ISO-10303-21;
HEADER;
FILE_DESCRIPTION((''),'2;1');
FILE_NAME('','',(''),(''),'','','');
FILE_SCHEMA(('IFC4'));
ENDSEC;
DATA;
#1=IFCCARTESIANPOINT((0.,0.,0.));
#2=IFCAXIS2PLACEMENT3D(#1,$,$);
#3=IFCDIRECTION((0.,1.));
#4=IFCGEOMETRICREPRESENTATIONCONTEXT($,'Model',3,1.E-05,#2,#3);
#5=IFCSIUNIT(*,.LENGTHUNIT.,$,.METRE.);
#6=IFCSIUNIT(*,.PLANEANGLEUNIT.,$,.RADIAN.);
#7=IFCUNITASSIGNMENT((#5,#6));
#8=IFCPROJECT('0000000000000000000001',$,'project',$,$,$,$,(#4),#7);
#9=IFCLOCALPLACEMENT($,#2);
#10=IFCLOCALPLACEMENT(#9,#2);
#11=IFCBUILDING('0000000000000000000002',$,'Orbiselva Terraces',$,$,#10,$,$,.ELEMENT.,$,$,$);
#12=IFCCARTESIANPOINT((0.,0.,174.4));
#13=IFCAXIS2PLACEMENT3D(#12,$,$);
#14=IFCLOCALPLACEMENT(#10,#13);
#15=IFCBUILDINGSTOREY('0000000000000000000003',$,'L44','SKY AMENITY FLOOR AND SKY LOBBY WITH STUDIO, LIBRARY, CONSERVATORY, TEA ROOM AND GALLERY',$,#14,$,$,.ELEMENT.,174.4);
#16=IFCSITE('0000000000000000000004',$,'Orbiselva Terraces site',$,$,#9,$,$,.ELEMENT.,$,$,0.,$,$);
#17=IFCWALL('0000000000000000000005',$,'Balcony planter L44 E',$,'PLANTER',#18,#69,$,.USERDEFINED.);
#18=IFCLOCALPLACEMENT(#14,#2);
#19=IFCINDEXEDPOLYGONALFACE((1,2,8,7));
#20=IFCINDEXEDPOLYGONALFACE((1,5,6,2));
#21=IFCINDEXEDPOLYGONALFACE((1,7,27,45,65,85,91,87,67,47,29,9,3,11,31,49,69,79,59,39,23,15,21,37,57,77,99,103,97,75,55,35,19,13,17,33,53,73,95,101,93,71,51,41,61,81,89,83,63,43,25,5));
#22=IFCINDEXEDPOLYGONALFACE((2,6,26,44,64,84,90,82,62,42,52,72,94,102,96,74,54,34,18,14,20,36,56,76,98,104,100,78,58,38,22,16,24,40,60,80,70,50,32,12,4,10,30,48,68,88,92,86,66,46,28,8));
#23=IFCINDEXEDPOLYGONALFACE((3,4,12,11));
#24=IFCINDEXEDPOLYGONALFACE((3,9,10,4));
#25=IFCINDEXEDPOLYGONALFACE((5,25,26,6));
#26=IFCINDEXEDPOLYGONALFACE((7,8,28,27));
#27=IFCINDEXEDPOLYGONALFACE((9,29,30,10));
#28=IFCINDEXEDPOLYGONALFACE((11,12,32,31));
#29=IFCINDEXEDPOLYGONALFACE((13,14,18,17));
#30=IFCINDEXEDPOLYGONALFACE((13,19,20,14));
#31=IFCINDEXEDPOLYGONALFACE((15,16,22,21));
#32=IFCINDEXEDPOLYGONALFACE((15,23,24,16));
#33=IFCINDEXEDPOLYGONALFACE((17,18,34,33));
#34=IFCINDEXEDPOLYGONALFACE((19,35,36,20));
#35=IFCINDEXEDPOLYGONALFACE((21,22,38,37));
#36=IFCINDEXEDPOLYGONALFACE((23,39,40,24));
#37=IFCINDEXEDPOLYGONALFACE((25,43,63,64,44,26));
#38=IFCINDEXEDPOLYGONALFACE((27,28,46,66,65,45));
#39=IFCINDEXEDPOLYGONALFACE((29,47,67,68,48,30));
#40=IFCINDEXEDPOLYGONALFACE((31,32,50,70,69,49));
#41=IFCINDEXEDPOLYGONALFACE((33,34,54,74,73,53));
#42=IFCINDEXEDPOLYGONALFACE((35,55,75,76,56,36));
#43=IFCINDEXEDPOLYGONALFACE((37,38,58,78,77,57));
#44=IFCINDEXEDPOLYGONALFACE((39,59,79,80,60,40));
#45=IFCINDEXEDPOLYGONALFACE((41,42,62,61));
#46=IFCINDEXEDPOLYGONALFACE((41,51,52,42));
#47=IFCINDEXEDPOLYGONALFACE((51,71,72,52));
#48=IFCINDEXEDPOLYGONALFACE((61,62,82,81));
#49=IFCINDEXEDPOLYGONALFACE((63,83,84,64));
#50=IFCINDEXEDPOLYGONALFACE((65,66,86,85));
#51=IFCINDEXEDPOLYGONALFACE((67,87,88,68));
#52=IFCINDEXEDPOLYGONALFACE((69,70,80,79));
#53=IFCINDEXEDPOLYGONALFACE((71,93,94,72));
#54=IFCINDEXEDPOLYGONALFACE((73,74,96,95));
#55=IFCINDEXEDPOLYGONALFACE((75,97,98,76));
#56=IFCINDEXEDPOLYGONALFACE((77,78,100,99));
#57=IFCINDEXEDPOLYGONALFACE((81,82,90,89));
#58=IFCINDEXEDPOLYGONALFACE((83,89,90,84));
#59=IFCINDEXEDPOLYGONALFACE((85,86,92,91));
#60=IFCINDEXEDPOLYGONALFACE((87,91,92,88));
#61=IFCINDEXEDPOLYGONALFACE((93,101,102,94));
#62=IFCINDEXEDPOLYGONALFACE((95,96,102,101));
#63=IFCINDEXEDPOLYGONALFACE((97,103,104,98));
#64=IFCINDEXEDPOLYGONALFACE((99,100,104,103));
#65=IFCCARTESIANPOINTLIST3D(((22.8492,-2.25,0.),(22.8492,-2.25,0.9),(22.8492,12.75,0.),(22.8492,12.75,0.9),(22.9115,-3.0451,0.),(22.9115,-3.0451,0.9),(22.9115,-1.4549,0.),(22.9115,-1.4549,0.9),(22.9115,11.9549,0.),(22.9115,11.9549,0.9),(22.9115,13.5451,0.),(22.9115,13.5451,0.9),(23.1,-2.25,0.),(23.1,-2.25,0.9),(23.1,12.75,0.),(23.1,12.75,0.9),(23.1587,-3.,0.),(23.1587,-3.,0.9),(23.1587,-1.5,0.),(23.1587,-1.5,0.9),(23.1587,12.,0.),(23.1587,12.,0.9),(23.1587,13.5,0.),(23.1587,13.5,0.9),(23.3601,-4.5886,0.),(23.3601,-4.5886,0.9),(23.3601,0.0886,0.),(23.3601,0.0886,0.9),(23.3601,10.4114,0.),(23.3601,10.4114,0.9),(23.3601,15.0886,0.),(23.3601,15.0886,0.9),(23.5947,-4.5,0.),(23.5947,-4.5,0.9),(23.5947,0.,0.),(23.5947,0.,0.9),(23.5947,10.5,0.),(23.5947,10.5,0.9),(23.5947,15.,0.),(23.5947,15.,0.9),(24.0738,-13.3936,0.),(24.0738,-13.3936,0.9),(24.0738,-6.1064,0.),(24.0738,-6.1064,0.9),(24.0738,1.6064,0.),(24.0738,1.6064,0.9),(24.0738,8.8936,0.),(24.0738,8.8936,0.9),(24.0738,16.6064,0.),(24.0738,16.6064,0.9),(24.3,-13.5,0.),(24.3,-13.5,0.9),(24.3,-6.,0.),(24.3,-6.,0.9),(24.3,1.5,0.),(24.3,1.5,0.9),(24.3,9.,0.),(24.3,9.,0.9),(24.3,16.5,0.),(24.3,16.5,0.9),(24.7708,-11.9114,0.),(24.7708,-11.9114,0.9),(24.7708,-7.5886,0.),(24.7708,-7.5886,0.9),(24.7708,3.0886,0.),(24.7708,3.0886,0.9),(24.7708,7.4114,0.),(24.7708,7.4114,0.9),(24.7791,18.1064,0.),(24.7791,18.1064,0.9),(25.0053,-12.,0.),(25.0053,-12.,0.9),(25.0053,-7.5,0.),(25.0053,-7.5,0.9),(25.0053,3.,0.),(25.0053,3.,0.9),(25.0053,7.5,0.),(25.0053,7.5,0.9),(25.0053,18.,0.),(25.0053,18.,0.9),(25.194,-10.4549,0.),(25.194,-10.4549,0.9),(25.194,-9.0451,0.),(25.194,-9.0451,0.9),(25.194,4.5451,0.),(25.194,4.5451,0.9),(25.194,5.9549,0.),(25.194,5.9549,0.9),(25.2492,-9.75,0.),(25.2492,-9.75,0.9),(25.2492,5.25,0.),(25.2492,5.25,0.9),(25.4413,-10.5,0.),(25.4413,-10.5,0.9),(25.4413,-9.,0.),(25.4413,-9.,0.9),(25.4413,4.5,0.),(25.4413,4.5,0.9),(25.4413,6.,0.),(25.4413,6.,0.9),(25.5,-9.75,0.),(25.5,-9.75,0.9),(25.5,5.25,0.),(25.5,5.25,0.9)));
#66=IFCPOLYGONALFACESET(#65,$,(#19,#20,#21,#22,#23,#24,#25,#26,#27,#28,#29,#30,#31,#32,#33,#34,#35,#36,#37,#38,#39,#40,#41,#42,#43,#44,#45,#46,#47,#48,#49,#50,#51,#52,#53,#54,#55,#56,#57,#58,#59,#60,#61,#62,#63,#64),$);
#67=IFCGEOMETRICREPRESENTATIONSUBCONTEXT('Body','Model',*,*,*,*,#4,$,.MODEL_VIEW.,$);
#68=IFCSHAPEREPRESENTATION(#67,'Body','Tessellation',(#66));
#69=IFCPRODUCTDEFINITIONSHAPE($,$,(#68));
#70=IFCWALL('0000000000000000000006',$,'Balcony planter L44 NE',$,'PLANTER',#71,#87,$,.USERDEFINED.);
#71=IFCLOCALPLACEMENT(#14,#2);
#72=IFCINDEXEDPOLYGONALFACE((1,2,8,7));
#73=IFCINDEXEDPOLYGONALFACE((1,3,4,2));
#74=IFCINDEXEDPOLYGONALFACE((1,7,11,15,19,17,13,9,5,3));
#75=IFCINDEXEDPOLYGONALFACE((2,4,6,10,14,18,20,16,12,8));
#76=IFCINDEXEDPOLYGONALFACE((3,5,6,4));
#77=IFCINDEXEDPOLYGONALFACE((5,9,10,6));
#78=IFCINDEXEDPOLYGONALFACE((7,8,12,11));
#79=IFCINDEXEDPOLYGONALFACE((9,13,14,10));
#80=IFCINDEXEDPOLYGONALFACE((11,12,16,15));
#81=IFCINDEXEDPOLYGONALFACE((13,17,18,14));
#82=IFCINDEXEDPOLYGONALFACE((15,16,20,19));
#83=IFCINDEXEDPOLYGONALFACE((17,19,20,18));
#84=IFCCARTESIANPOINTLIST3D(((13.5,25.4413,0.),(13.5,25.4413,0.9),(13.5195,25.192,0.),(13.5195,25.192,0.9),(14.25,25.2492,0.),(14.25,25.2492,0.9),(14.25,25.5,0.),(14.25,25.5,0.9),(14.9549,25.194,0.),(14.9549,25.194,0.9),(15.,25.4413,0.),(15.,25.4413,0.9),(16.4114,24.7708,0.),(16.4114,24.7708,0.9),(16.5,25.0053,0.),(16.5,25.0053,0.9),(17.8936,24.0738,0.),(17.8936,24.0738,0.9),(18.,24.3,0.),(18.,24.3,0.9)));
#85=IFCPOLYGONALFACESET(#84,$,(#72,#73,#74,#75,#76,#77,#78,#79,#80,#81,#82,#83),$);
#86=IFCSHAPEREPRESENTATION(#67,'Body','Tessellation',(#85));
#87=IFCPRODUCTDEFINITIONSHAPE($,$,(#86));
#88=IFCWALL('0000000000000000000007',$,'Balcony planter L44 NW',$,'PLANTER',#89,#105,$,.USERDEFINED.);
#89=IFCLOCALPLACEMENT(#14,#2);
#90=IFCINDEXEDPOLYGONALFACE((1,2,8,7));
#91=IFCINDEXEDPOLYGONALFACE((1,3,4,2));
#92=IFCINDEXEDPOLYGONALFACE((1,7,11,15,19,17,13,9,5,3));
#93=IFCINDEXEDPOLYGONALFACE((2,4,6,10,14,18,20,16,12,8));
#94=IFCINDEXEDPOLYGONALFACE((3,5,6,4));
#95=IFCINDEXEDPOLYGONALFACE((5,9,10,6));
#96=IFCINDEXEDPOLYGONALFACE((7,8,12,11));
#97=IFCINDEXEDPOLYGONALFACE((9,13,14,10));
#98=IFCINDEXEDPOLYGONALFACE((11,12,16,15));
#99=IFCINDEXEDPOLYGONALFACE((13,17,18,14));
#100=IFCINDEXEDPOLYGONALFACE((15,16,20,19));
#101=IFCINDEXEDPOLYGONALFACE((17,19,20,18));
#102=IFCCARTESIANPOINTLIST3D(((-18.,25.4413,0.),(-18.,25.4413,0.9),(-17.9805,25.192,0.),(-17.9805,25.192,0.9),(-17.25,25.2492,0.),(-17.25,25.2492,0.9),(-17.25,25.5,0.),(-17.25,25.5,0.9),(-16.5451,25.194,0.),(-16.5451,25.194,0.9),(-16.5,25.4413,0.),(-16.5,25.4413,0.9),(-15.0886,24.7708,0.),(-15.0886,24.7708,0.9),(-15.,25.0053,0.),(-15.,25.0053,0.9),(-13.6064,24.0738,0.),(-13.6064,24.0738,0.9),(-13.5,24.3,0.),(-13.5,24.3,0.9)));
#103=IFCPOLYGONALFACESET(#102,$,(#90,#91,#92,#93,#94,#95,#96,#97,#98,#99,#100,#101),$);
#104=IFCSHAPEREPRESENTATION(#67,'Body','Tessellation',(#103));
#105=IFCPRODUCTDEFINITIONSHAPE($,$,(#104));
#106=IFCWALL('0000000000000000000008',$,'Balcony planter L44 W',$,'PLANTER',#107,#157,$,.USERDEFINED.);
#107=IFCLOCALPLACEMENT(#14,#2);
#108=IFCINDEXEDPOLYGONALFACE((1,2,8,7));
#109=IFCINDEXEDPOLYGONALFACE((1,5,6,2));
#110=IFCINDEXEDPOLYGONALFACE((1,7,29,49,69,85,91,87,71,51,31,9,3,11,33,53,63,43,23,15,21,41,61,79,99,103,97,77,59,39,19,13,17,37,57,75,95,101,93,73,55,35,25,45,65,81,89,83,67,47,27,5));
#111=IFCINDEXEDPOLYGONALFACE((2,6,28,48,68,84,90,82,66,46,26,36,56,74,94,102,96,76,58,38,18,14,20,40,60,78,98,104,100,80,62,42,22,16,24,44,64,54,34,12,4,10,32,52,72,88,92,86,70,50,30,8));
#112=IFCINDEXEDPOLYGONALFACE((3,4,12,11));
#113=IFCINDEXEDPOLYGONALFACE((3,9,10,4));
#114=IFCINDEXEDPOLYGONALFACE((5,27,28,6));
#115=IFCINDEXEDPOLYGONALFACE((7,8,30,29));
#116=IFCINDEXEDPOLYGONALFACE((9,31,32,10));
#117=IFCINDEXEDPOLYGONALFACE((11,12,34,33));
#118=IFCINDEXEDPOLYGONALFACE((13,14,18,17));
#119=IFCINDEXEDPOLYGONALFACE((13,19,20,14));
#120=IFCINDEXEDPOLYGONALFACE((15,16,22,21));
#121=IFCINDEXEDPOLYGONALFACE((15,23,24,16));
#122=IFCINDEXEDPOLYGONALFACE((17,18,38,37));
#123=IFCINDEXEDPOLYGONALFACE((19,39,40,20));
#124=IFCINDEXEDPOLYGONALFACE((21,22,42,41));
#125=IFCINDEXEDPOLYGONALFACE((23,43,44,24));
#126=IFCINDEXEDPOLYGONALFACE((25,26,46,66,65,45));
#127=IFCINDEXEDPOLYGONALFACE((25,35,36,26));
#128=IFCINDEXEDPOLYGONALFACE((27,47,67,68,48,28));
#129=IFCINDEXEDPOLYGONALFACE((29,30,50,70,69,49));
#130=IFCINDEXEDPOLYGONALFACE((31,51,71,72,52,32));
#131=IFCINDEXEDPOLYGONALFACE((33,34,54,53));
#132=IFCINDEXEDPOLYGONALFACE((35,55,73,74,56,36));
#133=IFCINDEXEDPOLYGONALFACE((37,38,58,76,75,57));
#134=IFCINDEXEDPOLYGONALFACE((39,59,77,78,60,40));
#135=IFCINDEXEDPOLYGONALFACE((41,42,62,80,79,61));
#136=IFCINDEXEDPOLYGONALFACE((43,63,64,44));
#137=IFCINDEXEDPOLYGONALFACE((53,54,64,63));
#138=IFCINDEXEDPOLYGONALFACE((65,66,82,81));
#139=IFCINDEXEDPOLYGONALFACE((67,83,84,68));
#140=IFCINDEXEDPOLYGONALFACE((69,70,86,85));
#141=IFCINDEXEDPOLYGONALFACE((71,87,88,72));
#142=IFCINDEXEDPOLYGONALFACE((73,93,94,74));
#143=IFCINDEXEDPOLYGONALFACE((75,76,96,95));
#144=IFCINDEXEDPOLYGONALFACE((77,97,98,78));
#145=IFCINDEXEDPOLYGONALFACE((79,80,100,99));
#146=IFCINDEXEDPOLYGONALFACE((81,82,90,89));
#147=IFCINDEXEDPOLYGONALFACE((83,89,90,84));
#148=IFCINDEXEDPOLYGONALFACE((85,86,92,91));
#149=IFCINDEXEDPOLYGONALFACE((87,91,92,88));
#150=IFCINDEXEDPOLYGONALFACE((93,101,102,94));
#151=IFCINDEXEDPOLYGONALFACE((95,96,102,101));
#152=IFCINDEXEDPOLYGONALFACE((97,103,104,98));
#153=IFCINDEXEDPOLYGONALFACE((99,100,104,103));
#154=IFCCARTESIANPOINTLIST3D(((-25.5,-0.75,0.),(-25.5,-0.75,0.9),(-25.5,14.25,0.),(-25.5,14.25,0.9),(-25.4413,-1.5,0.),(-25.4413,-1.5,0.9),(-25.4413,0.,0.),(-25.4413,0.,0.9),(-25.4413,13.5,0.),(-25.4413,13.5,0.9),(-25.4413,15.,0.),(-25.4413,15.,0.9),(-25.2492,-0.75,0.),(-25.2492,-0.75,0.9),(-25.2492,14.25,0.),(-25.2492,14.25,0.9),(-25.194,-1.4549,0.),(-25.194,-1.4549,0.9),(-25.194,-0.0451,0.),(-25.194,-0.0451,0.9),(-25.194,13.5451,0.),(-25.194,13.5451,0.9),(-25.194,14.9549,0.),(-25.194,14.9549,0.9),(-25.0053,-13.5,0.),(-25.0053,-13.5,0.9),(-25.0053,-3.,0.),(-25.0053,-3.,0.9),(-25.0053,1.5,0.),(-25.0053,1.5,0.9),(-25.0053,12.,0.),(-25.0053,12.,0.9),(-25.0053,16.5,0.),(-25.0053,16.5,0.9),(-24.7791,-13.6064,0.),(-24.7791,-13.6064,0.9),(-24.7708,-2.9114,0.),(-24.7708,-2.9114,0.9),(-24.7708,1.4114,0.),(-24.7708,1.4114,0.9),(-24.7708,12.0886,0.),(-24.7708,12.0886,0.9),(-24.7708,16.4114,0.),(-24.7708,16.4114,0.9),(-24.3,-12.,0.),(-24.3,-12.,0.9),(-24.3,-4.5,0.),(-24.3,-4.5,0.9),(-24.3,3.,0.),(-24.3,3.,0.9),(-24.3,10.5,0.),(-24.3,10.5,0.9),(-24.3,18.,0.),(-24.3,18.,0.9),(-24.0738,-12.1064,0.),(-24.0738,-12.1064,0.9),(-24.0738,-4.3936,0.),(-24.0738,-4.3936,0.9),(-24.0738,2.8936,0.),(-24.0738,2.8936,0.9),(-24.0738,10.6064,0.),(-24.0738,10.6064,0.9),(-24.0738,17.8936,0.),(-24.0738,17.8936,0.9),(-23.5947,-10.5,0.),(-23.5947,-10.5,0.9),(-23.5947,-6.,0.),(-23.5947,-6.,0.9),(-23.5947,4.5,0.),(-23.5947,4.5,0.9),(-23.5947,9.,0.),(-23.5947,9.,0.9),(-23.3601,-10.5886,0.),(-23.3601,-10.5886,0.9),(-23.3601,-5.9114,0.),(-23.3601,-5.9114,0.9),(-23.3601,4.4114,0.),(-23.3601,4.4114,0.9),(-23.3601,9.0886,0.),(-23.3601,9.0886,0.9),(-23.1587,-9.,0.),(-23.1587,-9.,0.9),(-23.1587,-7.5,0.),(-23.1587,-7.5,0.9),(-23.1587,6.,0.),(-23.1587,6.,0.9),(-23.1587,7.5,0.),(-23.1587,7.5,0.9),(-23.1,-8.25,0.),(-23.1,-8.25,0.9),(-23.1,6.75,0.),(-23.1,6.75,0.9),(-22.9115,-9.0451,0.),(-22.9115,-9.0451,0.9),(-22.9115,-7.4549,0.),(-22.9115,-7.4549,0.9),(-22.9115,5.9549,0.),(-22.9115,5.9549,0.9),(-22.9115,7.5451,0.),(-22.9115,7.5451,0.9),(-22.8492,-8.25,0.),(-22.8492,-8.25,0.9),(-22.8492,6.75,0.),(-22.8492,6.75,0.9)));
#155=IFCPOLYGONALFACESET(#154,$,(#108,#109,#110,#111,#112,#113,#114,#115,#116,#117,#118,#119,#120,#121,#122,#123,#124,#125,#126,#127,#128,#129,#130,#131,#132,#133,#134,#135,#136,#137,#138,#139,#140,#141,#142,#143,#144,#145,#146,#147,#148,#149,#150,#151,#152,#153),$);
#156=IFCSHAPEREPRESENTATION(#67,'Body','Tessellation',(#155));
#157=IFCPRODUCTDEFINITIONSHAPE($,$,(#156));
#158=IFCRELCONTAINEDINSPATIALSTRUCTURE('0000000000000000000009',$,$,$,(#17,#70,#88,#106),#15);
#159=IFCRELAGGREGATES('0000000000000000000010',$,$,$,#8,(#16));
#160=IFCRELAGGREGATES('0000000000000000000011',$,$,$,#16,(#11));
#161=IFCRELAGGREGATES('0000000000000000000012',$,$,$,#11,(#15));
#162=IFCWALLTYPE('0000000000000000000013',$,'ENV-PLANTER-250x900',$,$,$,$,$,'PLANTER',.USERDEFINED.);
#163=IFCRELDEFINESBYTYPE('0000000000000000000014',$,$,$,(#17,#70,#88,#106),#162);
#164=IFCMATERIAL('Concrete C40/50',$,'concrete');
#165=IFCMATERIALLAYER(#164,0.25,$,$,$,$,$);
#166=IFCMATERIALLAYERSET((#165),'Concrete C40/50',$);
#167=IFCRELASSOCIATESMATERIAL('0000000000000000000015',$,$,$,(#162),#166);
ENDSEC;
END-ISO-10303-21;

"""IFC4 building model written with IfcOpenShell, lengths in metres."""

from ifc_helpers import new_model, si_unit, direction, frame, origin, place, context, subcontext, project, spatial, polyline, outline, extrude, material, layer, layer_set, type_object, element, save


model = new_model("IFC4")

# Units and contexts
model_context = context("Model", 3, precision=1e-05, world=origin(), true_north=direction((0.0, 1.0)))
body_context = subcontext(model_context, "Body", "Model", "MODEL_VIEW")
ifc_project = project(units=[si_unit("LENGTHUNIT", "METRE"), si_unit("PLANEANGLEUNIT", "RADIAN")], contexts=[model_context])

# Site, building, storey
site_placement = place(None, origin())
site = spatial("IfcSite", under=ifc_project, at=site_placement, Name="Orbiselva Terraces site", CompositionType="ELEMENT", RefElevation=0.0)
building_placement = place(site_placement, origin())
building = spatial("IfcBuilding", under=site, at=building_placement, Name="Orbiselva Terraces", CompositionType="ELEMENT")
storey_placement = place(building_placement, frame((0.0, 0.0, 174.4)))
storey = spatial("IfcBuildingStorey", under=building, at=storey_placement, Name="L44", Description="SKY AMENITY FLOOR AND SKY LOBBY WITH STUDIO, LIBRARY, CONSERVATORY, TEA ROOM AND GALLERY", CompositionType="ELEMENT", Elevation=174.4)

# Walls
ifc_material_1 = material(Name="Concrete C40/50", Category="concrete")
ifc_layer_1 = layer(ifc_material_1, 0.25)
ifc_layer_set_1 = layer_set([ifc_layer_1], Name="Concrete C40/50")
wall_type_1 = type_object("IfcWallType", Name="ENV-PLANTER-250x900", ElementType="PLANTER", PredefinedType="USERDEFINED", material=ifc_layer_set_1)
wall_1_placement = place(storey_placement, origin())
element("IfcWall", 1, at=wall_1_placement, inside=storey, type_object=wall_type_1, Name="Balcony planter L44 E", ObjectType="PLANTER", PredefinedType="USERDEFINED", context=body_context, shape_type="SweptSolid", body=[
    extrude(outline(polyline([(24.3, -13.5), (25.0053, -12.0), (25.4413, -10.5), (25.5, -9.75), (25.4413, -9.0), (25.0053, -7.5), (24.3, -6.0), (23.5947, -4.5), (23.1587, -3.0), (23.1, -2.25), (23.1587, -1.5), (23.5947, 0.0), (24.3, 1.5), (25.0053, 3.0), (25.4413, 4.5), (25.5, 5.25), (25.4413, 6.0), (25.0053, 7.5), (24.3, 9.0), (23.5947, 10.5), (23.1587, 12.0), (23.1, 12.75), (23.1587, 13.5), (23.5947, 15.0), (24.3, 16.5), (25.0053, 18.0), (24.7791, 18.1064), (24.0738, 16.6064), (23.3601, 15.0886), (22.9115, 13.5451), (22.8492, 12.75), (22.9115, 11.9549), (23.3601, 10.4114), (24.0738, 8.8936), (24.7708, 7.4114), (25.194, 5.9549), (25.2492, 5.25), (25.194, 4.5451), (24.7708, 3.0886), (24.0738, 1.6064), (23.3601, 0.0886), (22.9115, -1.4549), (22.8492, -2.25), (22.9115, -3.0451), (23.3601, -4.5886), (24.0738, -6.1064), (24.7708, -7.5886), (25.194, -9.0451), (25.2492, -9.75), (25.194, -10.4549), (24.7708, -11.9114), (24.0738, -13.3936), (24.3, -13.5)])), origin(), (0.0, 0.0, 1.0), 0.9),
])
wall_2_placement = place(storey_placement, origin())
element("IfcWall", 2, at=wall_2_placement, inside=storey, type_object=wall_type_1, Name="Balcony planter L44 NE", ObjectType="PLANTER", PredefinedType="USERDEFINED", context=body_context, shape_type="SweptSolid", body=[
    extrude(outline(polyline([(18.0, 24.3), (16.5, 25.0053), (15.0, 25.4413), (14.25, 25.5), (13.5, 25.4413), (13.5195, 25.192), (14.25, 25.2492), (14.9549, 25.194), (16.4114, 24.7708), (17.8936, 24.0738), (18.0, 24.3)])), origin(), (0.0, 0.0, 1.0), 0.9),
])
wall_3_placement = place(storey_placement, origin())
element("IfcWall", 3, at=wall_3_placement, inside=storey, type_object=wall_type_1, Name="Balcony planter L44 NW", ObjectType="PLANTER", PredefinedType="USERDEFINED", context=body_context, shape_type="SweptSolid", body=[
    extrude(outline(polyline([(-13.5, 24.3), (-15.0, 25.0053), (-16.5, 25.4413), (-17.25, 25.5), (-18.0, 25.4413), (-17.9805, 25.192), (-17.25, 25.2492), (-16.5451, 25.194), (-15.0886, 24.7708), (-13.6064, 24.0738), (-13.5, 24.3)])), origin(), (0.0, 0.0, 1.0), 0.9),
])
wall_4_placement = place(storey_placement, origin())
element("IfcWall", 4, at=wall_4_placement, inside=storey, type_object=wall_type_1, Name="Balcony planter L44 W", ObjectType="PLANTER", PredefinedType="USERDEFINED", context=body_context, shape_type="SweptSolid", body=[
    extrude(outline(polyline([(-24.3, 18.0), (-25.0053, 16.5), (-25.4413, 15.0), (-25.5, 14.25), (-25.4413, 13.5), (-25.0053, 12.0), (-24.3, 10.5), (-23.5947, 9.0), (-23.1587, 7.5), (-23.1, 6.75), (-23.1587, 6.0), (-23.5947, 4.5), (-24.3, 3.0), (-25.0053, 1.5), (-25.4413, 0.0), (-25.5, -0.75), (-25.4413, -1.5), (-25.0053, -3.0), (-24.3, -4.5), (-23.5947, -6.0), (-23.1587, -7.5), (-23.1, -8.25), (-23.1587, -9.0), (-23.5947, -10.5), (-24.3, -12.0), (-25.0053, -13.5), (-24.7791, -13.6064), (-24.0738, -12.1064), (-23.3601, -10.5886), (-22.9115, -9.0451), (-22.8492, -8.25), (-22.9115, -7.4549), (-23.3601, -5.9114), (-24.0738, -4.3936), (-24.7708, -2.9114), (-25.194, -1.4549), (-25.2492, -0.75), (-25.194, -0.0451), (-24.7708, 1.4114), (-24.0738, 2.8936), (-23.3601, 4.4114), (-22.9115, 5.9549), (-22.8492, 6.75), (-22.9115, 7.5451), (-23.3601, 9.0886), (-24.0738, 10.6064), (-24.7708, 12.0886), (-25.194, 13.5451), (-25.2492, 14.25), (-25.194, 14.9549), (-24.7708, 16.4114), (-24.0738, 17.8936), (-24.3, 18.0)])), origin(), (0.0, 0.0, 1.0), 0.9),
])

save(model, "model.ifc")
